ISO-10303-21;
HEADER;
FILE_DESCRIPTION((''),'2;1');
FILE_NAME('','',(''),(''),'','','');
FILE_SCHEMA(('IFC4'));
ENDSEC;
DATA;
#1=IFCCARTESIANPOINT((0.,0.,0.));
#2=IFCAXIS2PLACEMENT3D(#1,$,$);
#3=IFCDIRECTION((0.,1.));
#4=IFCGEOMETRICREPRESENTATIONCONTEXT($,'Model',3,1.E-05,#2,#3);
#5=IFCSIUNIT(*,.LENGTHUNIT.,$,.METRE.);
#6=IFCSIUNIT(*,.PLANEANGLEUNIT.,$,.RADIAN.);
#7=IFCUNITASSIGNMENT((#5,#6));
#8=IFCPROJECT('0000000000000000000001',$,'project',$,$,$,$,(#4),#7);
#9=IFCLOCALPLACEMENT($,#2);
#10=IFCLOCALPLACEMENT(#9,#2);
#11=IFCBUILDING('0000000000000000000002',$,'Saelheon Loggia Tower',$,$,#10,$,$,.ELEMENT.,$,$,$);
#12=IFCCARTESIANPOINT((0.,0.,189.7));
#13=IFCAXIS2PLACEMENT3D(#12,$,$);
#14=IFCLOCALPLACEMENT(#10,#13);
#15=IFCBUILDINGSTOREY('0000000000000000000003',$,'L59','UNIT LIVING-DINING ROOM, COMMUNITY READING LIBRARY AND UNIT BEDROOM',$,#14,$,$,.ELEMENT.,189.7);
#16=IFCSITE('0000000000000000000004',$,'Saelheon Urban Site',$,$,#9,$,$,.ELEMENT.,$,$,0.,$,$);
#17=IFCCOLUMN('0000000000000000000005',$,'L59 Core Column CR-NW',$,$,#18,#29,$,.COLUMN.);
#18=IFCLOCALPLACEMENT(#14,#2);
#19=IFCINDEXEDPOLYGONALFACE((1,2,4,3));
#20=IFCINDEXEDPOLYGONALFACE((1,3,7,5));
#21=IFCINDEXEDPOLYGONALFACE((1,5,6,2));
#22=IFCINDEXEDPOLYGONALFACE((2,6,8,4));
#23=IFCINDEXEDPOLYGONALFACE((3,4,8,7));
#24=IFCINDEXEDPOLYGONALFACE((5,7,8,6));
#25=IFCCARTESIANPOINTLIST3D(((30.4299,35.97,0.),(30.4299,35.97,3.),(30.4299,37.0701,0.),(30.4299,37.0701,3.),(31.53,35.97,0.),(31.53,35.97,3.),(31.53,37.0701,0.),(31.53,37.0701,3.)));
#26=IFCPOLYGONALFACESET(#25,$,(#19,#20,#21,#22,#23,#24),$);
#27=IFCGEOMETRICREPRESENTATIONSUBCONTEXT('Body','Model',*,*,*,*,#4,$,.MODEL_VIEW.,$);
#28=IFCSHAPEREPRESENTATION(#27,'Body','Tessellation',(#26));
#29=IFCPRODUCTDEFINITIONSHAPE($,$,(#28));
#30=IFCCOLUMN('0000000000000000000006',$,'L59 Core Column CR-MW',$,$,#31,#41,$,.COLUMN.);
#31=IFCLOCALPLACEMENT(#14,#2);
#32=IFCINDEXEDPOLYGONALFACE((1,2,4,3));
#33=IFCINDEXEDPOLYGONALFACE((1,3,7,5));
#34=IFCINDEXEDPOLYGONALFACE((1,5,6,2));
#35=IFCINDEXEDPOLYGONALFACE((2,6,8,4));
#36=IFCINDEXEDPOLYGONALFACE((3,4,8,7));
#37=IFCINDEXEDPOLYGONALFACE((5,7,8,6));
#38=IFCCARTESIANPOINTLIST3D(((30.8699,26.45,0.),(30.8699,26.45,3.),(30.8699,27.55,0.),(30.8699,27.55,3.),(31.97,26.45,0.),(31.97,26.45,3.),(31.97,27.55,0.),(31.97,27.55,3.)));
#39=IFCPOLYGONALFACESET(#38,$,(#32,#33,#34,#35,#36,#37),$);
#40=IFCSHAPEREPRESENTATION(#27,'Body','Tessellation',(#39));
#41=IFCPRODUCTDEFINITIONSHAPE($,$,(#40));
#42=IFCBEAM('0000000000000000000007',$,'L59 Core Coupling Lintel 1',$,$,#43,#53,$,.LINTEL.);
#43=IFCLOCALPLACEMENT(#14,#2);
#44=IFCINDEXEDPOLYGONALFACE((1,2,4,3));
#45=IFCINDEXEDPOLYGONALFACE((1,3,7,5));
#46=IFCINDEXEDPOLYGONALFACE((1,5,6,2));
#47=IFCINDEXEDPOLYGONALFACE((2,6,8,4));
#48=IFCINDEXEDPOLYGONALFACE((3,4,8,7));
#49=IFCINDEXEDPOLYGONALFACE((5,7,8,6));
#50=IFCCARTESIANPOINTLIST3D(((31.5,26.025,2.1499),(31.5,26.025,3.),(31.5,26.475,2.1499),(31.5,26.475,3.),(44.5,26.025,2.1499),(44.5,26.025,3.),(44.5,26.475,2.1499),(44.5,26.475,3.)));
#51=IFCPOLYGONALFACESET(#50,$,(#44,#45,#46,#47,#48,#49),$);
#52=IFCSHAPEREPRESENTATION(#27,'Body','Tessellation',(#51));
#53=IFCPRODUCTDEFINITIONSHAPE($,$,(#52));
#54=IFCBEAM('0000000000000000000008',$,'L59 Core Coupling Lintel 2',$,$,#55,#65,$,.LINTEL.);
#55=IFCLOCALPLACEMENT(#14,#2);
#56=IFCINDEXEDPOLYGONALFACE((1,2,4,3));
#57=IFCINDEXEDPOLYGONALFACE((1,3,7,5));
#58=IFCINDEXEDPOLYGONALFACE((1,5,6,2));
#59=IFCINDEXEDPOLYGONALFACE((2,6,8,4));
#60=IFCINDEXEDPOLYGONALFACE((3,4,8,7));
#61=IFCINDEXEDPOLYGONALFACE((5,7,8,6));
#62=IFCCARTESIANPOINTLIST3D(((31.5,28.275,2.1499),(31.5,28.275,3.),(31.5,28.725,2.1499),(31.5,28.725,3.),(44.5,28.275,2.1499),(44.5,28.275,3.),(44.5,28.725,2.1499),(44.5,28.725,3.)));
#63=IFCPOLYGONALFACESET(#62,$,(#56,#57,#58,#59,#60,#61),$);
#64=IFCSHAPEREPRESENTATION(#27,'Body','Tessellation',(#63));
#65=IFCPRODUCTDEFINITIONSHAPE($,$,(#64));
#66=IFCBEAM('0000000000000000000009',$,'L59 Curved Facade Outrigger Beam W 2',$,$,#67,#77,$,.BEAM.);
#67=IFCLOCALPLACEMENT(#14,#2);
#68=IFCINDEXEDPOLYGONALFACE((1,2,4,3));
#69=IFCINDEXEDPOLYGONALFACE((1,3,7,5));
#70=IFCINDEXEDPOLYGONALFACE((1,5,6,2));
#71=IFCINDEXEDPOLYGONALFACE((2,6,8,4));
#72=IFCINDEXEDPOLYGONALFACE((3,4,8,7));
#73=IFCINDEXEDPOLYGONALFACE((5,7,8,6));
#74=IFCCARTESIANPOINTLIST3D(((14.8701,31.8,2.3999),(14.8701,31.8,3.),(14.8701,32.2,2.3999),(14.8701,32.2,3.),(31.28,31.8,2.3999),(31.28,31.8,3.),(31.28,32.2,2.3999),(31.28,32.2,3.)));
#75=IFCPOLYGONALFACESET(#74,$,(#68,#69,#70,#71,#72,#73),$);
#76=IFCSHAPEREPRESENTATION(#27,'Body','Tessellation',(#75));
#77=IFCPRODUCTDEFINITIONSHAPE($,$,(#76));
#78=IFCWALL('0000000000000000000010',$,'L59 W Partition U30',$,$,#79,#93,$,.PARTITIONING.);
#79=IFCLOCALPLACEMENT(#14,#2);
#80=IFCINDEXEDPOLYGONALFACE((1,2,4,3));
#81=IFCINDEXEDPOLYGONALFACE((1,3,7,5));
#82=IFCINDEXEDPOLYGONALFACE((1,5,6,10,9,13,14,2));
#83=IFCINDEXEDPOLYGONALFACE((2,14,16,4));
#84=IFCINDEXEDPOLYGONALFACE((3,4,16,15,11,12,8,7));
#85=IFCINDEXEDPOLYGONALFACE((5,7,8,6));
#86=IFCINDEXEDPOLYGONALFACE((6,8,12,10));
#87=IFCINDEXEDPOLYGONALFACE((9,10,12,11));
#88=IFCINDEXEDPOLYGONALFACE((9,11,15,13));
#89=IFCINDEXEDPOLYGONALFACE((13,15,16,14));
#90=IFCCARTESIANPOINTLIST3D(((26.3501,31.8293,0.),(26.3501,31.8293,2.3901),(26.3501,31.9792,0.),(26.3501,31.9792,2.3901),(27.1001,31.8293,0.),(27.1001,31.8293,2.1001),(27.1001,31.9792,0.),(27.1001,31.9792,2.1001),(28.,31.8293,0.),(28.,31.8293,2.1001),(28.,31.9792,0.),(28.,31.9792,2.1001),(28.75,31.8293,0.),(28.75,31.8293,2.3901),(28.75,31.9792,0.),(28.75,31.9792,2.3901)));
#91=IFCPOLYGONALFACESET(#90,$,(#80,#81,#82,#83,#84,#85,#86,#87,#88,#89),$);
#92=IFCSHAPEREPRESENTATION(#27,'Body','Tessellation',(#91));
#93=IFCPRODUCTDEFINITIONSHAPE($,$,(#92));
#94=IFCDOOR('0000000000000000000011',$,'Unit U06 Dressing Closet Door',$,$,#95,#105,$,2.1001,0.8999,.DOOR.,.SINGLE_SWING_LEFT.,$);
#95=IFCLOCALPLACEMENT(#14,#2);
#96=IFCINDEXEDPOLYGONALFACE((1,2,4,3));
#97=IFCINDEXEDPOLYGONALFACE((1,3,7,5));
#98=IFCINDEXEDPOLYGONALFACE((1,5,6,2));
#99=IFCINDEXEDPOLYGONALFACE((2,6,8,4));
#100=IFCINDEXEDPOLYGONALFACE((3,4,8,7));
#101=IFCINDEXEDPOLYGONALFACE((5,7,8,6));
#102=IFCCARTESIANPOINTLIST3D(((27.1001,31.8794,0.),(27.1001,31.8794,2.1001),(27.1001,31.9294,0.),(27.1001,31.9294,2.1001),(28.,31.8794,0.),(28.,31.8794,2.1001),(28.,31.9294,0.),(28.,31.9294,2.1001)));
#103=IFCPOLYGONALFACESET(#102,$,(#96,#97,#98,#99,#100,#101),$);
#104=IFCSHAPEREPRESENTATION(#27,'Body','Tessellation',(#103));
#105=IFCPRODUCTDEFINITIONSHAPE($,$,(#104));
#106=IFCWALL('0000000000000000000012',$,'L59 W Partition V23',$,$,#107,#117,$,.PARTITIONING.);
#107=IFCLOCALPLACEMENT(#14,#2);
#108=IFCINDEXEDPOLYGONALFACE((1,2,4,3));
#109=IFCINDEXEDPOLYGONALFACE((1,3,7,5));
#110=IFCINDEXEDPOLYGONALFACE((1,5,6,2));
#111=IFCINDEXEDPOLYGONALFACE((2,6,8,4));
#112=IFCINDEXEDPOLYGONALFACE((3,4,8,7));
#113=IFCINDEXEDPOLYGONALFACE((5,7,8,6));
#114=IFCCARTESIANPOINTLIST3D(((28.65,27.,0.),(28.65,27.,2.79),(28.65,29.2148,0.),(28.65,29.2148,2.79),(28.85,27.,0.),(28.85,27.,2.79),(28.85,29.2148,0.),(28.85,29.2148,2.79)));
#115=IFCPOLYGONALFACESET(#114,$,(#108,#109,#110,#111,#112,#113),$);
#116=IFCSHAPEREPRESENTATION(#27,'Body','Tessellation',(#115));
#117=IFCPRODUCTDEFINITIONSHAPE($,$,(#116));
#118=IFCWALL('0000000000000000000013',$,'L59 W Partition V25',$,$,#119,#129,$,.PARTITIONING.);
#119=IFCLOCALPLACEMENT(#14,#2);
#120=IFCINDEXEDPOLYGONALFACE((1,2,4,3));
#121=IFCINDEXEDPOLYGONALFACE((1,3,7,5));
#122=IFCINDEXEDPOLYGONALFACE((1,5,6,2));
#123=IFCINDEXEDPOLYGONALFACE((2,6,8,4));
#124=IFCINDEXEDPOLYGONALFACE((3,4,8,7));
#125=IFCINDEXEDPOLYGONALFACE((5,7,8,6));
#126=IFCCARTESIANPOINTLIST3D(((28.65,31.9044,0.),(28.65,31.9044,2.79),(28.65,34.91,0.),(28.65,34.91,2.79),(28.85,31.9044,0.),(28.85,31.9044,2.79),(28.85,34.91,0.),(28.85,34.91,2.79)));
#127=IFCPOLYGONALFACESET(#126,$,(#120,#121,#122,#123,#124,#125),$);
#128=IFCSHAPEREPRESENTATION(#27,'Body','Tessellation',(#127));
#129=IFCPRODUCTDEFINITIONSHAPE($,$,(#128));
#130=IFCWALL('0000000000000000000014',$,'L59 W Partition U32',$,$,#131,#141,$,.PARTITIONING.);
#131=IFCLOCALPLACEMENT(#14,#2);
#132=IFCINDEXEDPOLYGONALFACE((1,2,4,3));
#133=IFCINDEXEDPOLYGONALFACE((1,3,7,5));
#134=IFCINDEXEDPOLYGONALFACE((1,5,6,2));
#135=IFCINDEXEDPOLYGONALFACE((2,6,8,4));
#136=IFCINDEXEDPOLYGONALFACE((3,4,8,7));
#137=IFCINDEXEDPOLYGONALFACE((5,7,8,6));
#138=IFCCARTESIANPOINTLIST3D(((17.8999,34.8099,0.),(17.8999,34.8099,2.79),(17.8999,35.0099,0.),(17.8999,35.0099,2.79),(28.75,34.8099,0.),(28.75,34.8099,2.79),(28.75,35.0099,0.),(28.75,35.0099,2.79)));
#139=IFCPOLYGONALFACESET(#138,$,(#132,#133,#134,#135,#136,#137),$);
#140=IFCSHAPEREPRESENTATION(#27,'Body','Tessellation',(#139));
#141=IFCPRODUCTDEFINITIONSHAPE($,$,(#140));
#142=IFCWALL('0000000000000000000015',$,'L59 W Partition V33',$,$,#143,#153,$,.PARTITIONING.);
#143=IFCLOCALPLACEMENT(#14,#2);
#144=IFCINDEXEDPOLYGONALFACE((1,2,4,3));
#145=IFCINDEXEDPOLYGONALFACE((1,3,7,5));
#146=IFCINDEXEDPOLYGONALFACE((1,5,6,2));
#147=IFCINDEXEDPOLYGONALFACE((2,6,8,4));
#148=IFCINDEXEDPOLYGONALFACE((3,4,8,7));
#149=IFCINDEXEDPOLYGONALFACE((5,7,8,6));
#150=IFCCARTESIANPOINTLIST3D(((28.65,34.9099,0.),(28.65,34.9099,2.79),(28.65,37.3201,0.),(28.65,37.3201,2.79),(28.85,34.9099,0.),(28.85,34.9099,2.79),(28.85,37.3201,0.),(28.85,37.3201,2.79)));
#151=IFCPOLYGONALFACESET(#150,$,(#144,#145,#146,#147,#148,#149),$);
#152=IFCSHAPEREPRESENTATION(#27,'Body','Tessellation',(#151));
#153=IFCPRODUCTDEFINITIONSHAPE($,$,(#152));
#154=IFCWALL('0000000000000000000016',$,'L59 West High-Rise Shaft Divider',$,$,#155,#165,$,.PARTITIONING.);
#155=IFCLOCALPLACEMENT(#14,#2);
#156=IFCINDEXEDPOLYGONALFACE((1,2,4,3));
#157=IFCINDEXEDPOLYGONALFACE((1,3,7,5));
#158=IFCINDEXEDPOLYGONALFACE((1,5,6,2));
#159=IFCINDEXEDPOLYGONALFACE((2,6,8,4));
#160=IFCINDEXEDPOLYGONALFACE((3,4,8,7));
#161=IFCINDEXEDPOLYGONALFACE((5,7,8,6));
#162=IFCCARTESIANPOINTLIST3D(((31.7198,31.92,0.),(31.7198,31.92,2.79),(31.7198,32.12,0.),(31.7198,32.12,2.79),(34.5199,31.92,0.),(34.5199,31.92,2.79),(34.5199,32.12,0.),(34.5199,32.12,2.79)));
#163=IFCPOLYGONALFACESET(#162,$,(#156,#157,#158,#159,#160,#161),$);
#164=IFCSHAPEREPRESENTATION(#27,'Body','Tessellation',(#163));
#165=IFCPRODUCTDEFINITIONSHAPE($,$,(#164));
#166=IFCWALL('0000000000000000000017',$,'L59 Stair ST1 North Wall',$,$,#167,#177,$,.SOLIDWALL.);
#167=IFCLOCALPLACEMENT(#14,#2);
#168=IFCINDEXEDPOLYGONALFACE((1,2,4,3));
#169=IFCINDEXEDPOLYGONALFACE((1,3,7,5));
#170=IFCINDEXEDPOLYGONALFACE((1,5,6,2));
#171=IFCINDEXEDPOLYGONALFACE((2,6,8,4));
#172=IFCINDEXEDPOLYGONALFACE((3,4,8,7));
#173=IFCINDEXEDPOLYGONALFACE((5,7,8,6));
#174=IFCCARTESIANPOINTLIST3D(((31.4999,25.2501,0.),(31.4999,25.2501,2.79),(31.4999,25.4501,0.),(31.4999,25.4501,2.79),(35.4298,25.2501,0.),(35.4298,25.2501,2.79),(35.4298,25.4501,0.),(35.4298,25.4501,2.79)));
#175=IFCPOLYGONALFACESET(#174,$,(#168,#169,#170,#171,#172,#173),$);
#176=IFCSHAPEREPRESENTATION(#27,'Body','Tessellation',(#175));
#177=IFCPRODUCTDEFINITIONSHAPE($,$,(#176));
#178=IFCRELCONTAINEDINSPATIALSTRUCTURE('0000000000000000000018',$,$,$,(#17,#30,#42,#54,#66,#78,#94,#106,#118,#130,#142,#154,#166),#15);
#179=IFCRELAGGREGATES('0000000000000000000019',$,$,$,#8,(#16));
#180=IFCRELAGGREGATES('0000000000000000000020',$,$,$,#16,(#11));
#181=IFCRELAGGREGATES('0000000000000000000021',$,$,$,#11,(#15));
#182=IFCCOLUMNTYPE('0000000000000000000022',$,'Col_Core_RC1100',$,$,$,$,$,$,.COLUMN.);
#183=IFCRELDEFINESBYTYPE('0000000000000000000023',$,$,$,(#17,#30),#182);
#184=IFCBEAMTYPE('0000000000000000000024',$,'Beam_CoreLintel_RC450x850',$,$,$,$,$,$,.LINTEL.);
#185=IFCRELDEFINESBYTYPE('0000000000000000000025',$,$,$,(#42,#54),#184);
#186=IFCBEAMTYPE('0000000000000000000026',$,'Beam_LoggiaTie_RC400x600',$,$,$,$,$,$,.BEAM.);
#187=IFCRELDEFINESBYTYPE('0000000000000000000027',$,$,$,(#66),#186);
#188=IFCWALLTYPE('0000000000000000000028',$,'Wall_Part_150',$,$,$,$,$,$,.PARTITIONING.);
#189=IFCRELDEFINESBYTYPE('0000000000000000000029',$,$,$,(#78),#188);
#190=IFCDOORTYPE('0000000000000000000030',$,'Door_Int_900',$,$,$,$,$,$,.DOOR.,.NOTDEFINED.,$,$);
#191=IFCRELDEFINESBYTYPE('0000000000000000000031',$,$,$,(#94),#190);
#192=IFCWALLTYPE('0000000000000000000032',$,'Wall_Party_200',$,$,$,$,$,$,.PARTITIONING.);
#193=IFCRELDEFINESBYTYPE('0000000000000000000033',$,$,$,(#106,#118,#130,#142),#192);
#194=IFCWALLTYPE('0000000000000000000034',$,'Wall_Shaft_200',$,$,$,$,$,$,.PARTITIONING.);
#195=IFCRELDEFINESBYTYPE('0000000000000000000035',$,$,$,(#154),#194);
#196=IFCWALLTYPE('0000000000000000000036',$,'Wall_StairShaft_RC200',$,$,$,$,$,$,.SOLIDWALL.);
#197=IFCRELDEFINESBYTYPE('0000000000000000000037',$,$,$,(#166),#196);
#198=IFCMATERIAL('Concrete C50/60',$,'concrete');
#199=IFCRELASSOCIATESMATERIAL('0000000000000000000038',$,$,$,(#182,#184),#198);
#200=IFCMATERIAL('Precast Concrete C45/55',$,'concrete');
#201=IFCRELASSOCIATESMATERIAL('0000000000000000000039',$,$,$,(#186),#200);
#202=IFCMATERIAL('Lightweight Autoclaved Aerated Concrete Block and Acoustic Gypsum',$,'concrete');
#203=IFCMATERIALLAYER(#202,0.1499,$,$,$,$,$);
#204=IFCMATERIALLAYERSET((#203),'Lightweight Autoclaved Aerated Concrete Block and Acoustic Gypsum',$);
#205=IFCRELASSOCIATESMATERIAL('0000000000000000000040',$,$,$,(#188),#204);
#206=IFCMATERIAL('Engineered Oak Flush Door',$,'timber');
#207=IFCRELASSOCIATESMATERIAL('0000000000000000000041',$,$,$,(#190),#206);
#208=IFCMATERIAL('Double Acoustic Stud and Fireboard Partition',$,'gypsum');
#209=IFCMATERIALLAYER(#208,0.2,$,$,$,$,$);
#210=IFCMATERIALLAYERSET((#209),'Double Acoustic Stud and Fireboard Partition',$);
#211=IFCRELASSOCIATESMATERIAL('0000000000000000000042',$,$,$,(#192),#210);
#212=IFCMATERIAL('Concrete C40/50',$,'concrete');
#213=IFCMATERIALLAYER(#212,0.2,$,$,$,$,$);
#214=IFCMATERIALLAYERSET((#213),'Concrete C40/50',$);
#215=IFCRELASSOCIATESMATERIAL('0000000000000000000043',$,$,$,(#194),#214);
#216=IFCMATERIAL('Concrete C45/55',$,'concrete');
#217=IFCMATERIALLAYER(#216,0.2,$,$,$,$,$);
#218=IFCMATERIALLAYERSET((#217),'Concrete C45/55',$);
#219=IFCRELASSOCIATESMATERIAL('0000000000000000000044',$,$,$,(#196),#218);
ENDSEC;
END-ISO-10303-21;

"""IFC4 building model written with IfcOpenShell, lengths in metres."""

from ifc_helpers import new_model, si_unit, direction, frame, frame_2d, origin, origin_2d, place, context, subcontext, project, spatial, rectangle, extrude, source, transform, mapped, material, layer, layer_set, material_profile, profile_set, type_object, element, fill, save


model = new_model("IFC4")

# Units and contexts
model_context = context("Model", 3, precision=1e-05, world=origin(), true_north=direction((0.0, 1.0)))
body_context = subcontext(model_context, "Body", "Model", "MODEL_VIEW")
ifc_project = project(units=[si_unit("LENGTHUNIT", "METRE"), si_unit("PLANEANGLEUNIT", "RADIAN")], contexts=[model_context])

# Site, building, storey
site_placement = place(None, origin())
site = spatial("IfcSite", under=ifc_project, at=site_placement, Name="Saelheon Urban Site", CompositionType="ELEMENT", RefElevation=0.0)
building_placement = place(site_placement, origin())
building = spatial("IfcBuilding", under=site, at=building_placement, Name="Saelheon Loggia Tower", CompositionType="ELEMENT")
storey_placement = place(building_placement, frame((0.0, 0.0, 189.7)))
storey = spatial("IfcBuildingStorey", under=building, at=storey_placement, Name="L59", Description="UNIT LIVING-DINING ROOM, COMMUNITY READING LIBRARY AND UNIT BEDROOM", CompositionType="ELEMENT", Elevation=189.7)

# Columns
ifc_material_1 = material(Name="Concrete C50/60", Category="concrete")
ifc_material_profile_1 = material_profile(ifc_material_1, rectangle(XDim=1.1001, YDim=1.1001, at=origin_2d()), Name="RC-1100x1100")
ifc_profile_set_1 = profile_set([ifc_material_profile_1], Name="Concrete C50/60")
column_type = type_object("IfcColumnType", Name="Col_Core_RC1100", PredefinedType="COLUMN", material=ifc_profile_set_1)
shared_shape_1 = source(origin(), body_context, "Body", "SweptSolid", [
    extrude(rectangle(XDim=1.1001, YDim=1.1001, at=origin_2d()), origin(), (0.0, 0.0, 1.0), 3.0),
])
for number, where, z_axis, x_axis, name in (
    (1, (30.98, 36.52, 0.0), (0.0, 0.0, 1.0), (1.0, 0.0, 0.0), "L59 Core Column CR-NW"),
    (2, (31.4199, 27.0, 0.0), (0.0, 0.0, 1.0), (1.0, 0.0, 0.0), "L59 Core Column CR-MW"),
):
    element("IfcColumn", number, at=place(storey_placement, frame(where, z_axis=z_axis, x_axis=x_axis)), inside=storey, type_object=column_type, Name=name, PredefinedType="COLUMN", context=body_context, shape_type="MappedRepresentation", body=[
        mapped(shared_shape_1, transform((0.0, 0.0, 0.0), scale=1.0)),
    ])

# Beams
ifc_material_profile_2 = material_profile(ifc_material_1, rectangle(XDim=0.45, YDim=0.8501, at=origin_2d()), Name="RC-450x850")
ifc_profile_set_2 = profile_set([ifc_material_profile_2], Name="Concrete C50/60")
beam_type_1 = type_object("IfcBeamType", Name="Beam_CoreLintel_RC450x850", PredefinedType="LINTEL", material=ifc_profile_set_2)
shared_shape_2 = source(origin(), body_context, "Body", "SweptSolid", [
    extrude(rectangle(XDim=0.45, YDim=0.8501, at=origin_2d()), origin(), (0.0, 0.0, 1.0), 13.0),
])
for number, where, z_axis, x_axis, name in (
    (3, (31.5, 26.25, 2.575), (1.0, 0.0, 0.0), (0.0, 1.0, 0.0), "L59 Core Coupling Lintel 1"),
    (4, (31.5, 28.5, 2.575), (1.0, 0.0, 0.0), (0.0, 1.0, 0.0), "L59 Core Coupling Lintel 2"),
):
    element("IfcBeam", number, at=place(storey_placement, frame(where, z_axis=z_axis, x_axis=x_axis)), inside=storey, type_object=beam_type_1, Name=name, PredefinedType="LINTEL", context=body_context, shape_type="MappedRepresentation", body=[
        mapped(shared_shape_2, transform((0.0, 0.0, 0.0), scale=1.0)),
    ])
ifc_material_2 = material(Name="Precast Concrete C45/55", Category="concrete")
ifc_material_profile_3 = material_profile(ifc_material_2, rectangle(XDim=0.3999, YDim=0.6001, at=origin_2d()), Name="RC-400x600")
ifc_profile_set_3 = profile_set([ifc_material_profile_3], Name="Precast Concrete C45/55")
beam_type_2 = type_object("IfcBeamType", Name="Beam_LoggiaTie_RC400x600", PredefinedType="BEAM", material=ifc_profile_set_3)
shared_shape_3 = source(origin(), body_context, "Body", "SweptSolid", [
    extrude(rectangle(XDim=0.3999, YDim=0.6001, at=origin_2d()), origin(), (0.0, 0.0, 1.0), 16.4099),
])
beam_placement = place(storey_placement, frame((31.28, 32.0, 2.7), z_axis=(-1.0, 0.0, 0.0), x_axis=(0.0, -1.0, 0.0)))
element("IfcBeam", 5, at=beam_placement, inside=storey, type_object=beam_type_2, Name="L59 Curved Facade Outrigger Beam W 2", PredefinedType="BEAM", context=body_context, shape_type="MappedRepresentation", body=[
    mapped(shared_shape_3, transform((0.0, 0.0, 0.0), scale=1.0)),
])

# Wall, opening, door
ifc_material_3 = material(Name="Concrete C45/55", Category="concrete")
ifc_material_4 = material(Name="Lightweight Autoclaved Aerated Concrete Block and Acoustic Gypsum", Category="concrete")
ifc_layer_1 = layer(ifc_material_4, 0.1499)
ifc_layer_set_1 = layer_set([ifc_layer_1], Name="Lightweight Autoclaved Aerated Concrete Block and Acoustic Gypsum")
wall_type_1 = type_object("IfcWallType", Name="Wall_Part_150", PredefinedType="PARTITIONING", material=ifc_layer_set_1)
wall_1_placement = place(storey_placement, frame((28.75, 31.9043, 0.0), z_axis=(0.0, 0.0, 1.0), x_axis=(-1.0, 0.0, 0.0)))
wall_1 = element("IfcWall", 6, at=wall_1_placement, inside=storey, type_object=wall_type_1, Name="L59 W Partition U30", PredefinedType="PARTITIONING", context=body_context, shape_type="SweptSolid", body=[
    extrude(rectangle(XDim=2.3999, YDim=0.1499, at=frame_2d((1.2, 0.0))), origin(), (0.0, 0.0, 1.0), 2.3901),
])
opening_1_placement = place(wall_1_placement, frame((0.75, 0.0, 0.0)))
opening_1 = element("IfcOpeningElement", 7, at=opening_1_placement, cuts=wall_1, PredefinedType="OPENING", context=body_context, shape_type="SweptSolid", body=[
    extrude(rectangle(XDim=0.8999, YDim=2.1001, at=frame_2d((0.45, 1.05))), frame((0.0, 0.0869, 0.0), z_axis=(0.0, -1.0, 0.0), x_axis=(1.0, 0.0, 0.0)), (0.0, 0.0, 1.0), 0.1738),
])
ifc_material_5 = material(Name="Engineered Oak Flush Door", Category="timber")
door_type_1 = type_object("IfcDoorType", Name="Door_Int_900", OperationType="NOTDEFINED", PredefinedType="DOOR", material=ifc_material_5)
shared_shape_4 = source(origin(), body_context, "Body", "SweptSolid", [
    extrude(rectangle(XDim=0.8999, YDim=2.1001, at=frame_2d((0.45, 1.05))), frame((0.0, 0.0249, 0.0), z_axis=(0.0, -1.0, 0.0), x_axis=(1.0, 0.0, 0.0)), (0.0, 0.0, 1.0), 0.05),
])
door_1_placement = place(opening_1_placement, origin())
door_1 = element("IfcDoor", 8, at=door_1_placement, inside=storey, type_object=door_type_1, Name="Unit U06 Dressing Closet Door", OperationType="SINGLE_SWING_LEFT", OverallHeight=2.1001, OverallWidth=0.8999, PredefinedType="DOOR", context=body_context, shape_type="MappedRepresentation", body=[
    mapped(shared_shape_4, transform((0.0, 0.0, 0.0), scale=1.0)),
])
fill(opening_1, door_1)

# Wall
ifc_material_6 = material(Name="Double Acoustic Stud and Fireboard Partition", Category="gypsum")
ifc_layer_2 = layer(ifc_material_6, 0.2)
ifc_layer_set_2 = layer_set([ifc_layer_2], Name="Double Acoustic Stud and Fireboard Partition")
wall_type_2 = type_object("IfcWallType", Name="Wall_Party_200", PredefinedType="PARTITIONING", material=ifc_layer_set_2)
wall_2_placement = place(storey_placement, frame((28.75, 27.0, 0.0), z_axis=(0.0, 0.0, 1.0), x_axis=(0.0, 1.0, 0.0)))
element("IfcWall", 9, at=wall_2_placement, inside=storey, type_object=wall_type_2, Name="L59 W Partition V23", PredefinedType="PARTITIONING", context=body_context, shape_type="SweptSolid", body=[
    extrude(rectangle(XDim=2.2148, YDim=0.2, at=frame_2d((1.1074, 0.0))), origin(), (0.0, 0.0, 1.0), 2.79),
])

# Walls
wall_3_placement = place(storey_placement, frame((28.75, 31.9043, 0.0), z_axis=(0.0, 0.0, 1.0), x_axis=(0.0, 1.0, 0.0)))
element("IfcWall", 10, at=wall_3_placement, inside=storey, type_object=wall_type_2, Name="L59 W Partition V25", PredefinedType="PARTITIONING", context=body_context, shape_type="SweptSolid", body=[
    extrude(rectangle(XDim=3.0056, YDim=0.2, at=frame_2d((1.5029, 0.0))), origin(), (0.0, 0.0, 1.0), 2.79),
])
wall_4_placement = place(storey_placement, frame((28.75, 34.9099, 0.0), z_axis=(0.0, 0.0, 1.0), x_axis=(-1.0, 0.0, 0.0)))
element("IfcWall", 11, at=wall_4_placement, inside=storey, type_object=wall_type_2, Name="L59 W Partition U32", PredefinedType="PARTITIONING", context=body_context, shape_type="SweptSolid", body=[
    extrude(rectangle(XDim=10.8501, YDim=0.2, at=frame_2d((5.425, 0.0))), origin(), (0.0, 0.0, 1.0), 2.79),
])
wall_5_placement = place(storey_placement, frame((28.75, 34.9099, 0.0), z_axis=(0.0, 0.0, 1.0), x_axis=(0.0, 1.0, 0.0)))
element("IfcWall", 12, at=wall_5_placement, inside=storey, type_object=wall_type_2, Name="L59 W Partition V33", PredefinedType="PARTITIONING", context=body_context, shape_type="SweptSolid", body=[
    extrude(rectangle(XDim=2.4102, YDim=0.2, at=frame_2d((1.2051, 0.0))), origin(), (0.0, 0.0, 1.0), 2.79),
])
ifc_material_7 = material(Name="Concrete C40/50", Category="concrete")
ifc_layer_3 = layer(ifc_material_7, 0.2)
ifc_layer_set_3 = layer_set([ifc_layer_3], Name="Concrete C40/50")
wall_type_3 = type_object("IfcWallType", Name="Wall_Shaft_200", PredefinedType="PARTITIONING", material=ifc_layer_set_3)
wall_6_placement = place(storey_placement, frame((31.72, 32.02, 0.0), z_axis=(0.0, 0.0, 1.0), x_axis=(1.0, 0.0, 0.0)))
element("IfcWall", 13, at=wall_6_placement, inside=storey, type_object=wall_type_3, Name="L59 West High-Rise Shaft Divider", PredefinedType="PARTITIONING", context=body_context, shape_type="SweptSolid", body=[
    extrude(rectangle(XDim=2.8, YDim=0.2, at=frame_2d((1.3999, 0.0))), origin(), (0.0, 0.0, 1.0), 2.79),
])
ifc_layer_4 = layer(ifc_material_3, 0.2)
ifc_layer_set_4 = layer_set([ifc_layer_4], Name="Concrete C45/55")
wall_type_4 = type_object("IfcWallType", Name="Wall_StairShaft_RC200", PredefinedType="SOLIDWALL", material=ifc_layer_set_4)
wall_7_placement = place(storey_placement, frame((31.5, 25.3501, 0.0), z_axis=(0.0, 0.0, 1.0), x_axis=(1.0, 0.0, 0.0)))
element("IfcWall", 14, at=wall_7_placement, inside=storey, type_object=wall_type_4, Name="L59 Stair ST1 North Wall", PredefinedType="SOLIDWALL", context=body_context, shape_type="SweptSolid", body=[
    extrude(rectangle(XDim=3.9299, YDim=0.2, at=frame_2d((1.9648, 0.0))), origin(), (0.0, 0.0, 1.0), 2.79),
])

save(model, "model.ifc")
